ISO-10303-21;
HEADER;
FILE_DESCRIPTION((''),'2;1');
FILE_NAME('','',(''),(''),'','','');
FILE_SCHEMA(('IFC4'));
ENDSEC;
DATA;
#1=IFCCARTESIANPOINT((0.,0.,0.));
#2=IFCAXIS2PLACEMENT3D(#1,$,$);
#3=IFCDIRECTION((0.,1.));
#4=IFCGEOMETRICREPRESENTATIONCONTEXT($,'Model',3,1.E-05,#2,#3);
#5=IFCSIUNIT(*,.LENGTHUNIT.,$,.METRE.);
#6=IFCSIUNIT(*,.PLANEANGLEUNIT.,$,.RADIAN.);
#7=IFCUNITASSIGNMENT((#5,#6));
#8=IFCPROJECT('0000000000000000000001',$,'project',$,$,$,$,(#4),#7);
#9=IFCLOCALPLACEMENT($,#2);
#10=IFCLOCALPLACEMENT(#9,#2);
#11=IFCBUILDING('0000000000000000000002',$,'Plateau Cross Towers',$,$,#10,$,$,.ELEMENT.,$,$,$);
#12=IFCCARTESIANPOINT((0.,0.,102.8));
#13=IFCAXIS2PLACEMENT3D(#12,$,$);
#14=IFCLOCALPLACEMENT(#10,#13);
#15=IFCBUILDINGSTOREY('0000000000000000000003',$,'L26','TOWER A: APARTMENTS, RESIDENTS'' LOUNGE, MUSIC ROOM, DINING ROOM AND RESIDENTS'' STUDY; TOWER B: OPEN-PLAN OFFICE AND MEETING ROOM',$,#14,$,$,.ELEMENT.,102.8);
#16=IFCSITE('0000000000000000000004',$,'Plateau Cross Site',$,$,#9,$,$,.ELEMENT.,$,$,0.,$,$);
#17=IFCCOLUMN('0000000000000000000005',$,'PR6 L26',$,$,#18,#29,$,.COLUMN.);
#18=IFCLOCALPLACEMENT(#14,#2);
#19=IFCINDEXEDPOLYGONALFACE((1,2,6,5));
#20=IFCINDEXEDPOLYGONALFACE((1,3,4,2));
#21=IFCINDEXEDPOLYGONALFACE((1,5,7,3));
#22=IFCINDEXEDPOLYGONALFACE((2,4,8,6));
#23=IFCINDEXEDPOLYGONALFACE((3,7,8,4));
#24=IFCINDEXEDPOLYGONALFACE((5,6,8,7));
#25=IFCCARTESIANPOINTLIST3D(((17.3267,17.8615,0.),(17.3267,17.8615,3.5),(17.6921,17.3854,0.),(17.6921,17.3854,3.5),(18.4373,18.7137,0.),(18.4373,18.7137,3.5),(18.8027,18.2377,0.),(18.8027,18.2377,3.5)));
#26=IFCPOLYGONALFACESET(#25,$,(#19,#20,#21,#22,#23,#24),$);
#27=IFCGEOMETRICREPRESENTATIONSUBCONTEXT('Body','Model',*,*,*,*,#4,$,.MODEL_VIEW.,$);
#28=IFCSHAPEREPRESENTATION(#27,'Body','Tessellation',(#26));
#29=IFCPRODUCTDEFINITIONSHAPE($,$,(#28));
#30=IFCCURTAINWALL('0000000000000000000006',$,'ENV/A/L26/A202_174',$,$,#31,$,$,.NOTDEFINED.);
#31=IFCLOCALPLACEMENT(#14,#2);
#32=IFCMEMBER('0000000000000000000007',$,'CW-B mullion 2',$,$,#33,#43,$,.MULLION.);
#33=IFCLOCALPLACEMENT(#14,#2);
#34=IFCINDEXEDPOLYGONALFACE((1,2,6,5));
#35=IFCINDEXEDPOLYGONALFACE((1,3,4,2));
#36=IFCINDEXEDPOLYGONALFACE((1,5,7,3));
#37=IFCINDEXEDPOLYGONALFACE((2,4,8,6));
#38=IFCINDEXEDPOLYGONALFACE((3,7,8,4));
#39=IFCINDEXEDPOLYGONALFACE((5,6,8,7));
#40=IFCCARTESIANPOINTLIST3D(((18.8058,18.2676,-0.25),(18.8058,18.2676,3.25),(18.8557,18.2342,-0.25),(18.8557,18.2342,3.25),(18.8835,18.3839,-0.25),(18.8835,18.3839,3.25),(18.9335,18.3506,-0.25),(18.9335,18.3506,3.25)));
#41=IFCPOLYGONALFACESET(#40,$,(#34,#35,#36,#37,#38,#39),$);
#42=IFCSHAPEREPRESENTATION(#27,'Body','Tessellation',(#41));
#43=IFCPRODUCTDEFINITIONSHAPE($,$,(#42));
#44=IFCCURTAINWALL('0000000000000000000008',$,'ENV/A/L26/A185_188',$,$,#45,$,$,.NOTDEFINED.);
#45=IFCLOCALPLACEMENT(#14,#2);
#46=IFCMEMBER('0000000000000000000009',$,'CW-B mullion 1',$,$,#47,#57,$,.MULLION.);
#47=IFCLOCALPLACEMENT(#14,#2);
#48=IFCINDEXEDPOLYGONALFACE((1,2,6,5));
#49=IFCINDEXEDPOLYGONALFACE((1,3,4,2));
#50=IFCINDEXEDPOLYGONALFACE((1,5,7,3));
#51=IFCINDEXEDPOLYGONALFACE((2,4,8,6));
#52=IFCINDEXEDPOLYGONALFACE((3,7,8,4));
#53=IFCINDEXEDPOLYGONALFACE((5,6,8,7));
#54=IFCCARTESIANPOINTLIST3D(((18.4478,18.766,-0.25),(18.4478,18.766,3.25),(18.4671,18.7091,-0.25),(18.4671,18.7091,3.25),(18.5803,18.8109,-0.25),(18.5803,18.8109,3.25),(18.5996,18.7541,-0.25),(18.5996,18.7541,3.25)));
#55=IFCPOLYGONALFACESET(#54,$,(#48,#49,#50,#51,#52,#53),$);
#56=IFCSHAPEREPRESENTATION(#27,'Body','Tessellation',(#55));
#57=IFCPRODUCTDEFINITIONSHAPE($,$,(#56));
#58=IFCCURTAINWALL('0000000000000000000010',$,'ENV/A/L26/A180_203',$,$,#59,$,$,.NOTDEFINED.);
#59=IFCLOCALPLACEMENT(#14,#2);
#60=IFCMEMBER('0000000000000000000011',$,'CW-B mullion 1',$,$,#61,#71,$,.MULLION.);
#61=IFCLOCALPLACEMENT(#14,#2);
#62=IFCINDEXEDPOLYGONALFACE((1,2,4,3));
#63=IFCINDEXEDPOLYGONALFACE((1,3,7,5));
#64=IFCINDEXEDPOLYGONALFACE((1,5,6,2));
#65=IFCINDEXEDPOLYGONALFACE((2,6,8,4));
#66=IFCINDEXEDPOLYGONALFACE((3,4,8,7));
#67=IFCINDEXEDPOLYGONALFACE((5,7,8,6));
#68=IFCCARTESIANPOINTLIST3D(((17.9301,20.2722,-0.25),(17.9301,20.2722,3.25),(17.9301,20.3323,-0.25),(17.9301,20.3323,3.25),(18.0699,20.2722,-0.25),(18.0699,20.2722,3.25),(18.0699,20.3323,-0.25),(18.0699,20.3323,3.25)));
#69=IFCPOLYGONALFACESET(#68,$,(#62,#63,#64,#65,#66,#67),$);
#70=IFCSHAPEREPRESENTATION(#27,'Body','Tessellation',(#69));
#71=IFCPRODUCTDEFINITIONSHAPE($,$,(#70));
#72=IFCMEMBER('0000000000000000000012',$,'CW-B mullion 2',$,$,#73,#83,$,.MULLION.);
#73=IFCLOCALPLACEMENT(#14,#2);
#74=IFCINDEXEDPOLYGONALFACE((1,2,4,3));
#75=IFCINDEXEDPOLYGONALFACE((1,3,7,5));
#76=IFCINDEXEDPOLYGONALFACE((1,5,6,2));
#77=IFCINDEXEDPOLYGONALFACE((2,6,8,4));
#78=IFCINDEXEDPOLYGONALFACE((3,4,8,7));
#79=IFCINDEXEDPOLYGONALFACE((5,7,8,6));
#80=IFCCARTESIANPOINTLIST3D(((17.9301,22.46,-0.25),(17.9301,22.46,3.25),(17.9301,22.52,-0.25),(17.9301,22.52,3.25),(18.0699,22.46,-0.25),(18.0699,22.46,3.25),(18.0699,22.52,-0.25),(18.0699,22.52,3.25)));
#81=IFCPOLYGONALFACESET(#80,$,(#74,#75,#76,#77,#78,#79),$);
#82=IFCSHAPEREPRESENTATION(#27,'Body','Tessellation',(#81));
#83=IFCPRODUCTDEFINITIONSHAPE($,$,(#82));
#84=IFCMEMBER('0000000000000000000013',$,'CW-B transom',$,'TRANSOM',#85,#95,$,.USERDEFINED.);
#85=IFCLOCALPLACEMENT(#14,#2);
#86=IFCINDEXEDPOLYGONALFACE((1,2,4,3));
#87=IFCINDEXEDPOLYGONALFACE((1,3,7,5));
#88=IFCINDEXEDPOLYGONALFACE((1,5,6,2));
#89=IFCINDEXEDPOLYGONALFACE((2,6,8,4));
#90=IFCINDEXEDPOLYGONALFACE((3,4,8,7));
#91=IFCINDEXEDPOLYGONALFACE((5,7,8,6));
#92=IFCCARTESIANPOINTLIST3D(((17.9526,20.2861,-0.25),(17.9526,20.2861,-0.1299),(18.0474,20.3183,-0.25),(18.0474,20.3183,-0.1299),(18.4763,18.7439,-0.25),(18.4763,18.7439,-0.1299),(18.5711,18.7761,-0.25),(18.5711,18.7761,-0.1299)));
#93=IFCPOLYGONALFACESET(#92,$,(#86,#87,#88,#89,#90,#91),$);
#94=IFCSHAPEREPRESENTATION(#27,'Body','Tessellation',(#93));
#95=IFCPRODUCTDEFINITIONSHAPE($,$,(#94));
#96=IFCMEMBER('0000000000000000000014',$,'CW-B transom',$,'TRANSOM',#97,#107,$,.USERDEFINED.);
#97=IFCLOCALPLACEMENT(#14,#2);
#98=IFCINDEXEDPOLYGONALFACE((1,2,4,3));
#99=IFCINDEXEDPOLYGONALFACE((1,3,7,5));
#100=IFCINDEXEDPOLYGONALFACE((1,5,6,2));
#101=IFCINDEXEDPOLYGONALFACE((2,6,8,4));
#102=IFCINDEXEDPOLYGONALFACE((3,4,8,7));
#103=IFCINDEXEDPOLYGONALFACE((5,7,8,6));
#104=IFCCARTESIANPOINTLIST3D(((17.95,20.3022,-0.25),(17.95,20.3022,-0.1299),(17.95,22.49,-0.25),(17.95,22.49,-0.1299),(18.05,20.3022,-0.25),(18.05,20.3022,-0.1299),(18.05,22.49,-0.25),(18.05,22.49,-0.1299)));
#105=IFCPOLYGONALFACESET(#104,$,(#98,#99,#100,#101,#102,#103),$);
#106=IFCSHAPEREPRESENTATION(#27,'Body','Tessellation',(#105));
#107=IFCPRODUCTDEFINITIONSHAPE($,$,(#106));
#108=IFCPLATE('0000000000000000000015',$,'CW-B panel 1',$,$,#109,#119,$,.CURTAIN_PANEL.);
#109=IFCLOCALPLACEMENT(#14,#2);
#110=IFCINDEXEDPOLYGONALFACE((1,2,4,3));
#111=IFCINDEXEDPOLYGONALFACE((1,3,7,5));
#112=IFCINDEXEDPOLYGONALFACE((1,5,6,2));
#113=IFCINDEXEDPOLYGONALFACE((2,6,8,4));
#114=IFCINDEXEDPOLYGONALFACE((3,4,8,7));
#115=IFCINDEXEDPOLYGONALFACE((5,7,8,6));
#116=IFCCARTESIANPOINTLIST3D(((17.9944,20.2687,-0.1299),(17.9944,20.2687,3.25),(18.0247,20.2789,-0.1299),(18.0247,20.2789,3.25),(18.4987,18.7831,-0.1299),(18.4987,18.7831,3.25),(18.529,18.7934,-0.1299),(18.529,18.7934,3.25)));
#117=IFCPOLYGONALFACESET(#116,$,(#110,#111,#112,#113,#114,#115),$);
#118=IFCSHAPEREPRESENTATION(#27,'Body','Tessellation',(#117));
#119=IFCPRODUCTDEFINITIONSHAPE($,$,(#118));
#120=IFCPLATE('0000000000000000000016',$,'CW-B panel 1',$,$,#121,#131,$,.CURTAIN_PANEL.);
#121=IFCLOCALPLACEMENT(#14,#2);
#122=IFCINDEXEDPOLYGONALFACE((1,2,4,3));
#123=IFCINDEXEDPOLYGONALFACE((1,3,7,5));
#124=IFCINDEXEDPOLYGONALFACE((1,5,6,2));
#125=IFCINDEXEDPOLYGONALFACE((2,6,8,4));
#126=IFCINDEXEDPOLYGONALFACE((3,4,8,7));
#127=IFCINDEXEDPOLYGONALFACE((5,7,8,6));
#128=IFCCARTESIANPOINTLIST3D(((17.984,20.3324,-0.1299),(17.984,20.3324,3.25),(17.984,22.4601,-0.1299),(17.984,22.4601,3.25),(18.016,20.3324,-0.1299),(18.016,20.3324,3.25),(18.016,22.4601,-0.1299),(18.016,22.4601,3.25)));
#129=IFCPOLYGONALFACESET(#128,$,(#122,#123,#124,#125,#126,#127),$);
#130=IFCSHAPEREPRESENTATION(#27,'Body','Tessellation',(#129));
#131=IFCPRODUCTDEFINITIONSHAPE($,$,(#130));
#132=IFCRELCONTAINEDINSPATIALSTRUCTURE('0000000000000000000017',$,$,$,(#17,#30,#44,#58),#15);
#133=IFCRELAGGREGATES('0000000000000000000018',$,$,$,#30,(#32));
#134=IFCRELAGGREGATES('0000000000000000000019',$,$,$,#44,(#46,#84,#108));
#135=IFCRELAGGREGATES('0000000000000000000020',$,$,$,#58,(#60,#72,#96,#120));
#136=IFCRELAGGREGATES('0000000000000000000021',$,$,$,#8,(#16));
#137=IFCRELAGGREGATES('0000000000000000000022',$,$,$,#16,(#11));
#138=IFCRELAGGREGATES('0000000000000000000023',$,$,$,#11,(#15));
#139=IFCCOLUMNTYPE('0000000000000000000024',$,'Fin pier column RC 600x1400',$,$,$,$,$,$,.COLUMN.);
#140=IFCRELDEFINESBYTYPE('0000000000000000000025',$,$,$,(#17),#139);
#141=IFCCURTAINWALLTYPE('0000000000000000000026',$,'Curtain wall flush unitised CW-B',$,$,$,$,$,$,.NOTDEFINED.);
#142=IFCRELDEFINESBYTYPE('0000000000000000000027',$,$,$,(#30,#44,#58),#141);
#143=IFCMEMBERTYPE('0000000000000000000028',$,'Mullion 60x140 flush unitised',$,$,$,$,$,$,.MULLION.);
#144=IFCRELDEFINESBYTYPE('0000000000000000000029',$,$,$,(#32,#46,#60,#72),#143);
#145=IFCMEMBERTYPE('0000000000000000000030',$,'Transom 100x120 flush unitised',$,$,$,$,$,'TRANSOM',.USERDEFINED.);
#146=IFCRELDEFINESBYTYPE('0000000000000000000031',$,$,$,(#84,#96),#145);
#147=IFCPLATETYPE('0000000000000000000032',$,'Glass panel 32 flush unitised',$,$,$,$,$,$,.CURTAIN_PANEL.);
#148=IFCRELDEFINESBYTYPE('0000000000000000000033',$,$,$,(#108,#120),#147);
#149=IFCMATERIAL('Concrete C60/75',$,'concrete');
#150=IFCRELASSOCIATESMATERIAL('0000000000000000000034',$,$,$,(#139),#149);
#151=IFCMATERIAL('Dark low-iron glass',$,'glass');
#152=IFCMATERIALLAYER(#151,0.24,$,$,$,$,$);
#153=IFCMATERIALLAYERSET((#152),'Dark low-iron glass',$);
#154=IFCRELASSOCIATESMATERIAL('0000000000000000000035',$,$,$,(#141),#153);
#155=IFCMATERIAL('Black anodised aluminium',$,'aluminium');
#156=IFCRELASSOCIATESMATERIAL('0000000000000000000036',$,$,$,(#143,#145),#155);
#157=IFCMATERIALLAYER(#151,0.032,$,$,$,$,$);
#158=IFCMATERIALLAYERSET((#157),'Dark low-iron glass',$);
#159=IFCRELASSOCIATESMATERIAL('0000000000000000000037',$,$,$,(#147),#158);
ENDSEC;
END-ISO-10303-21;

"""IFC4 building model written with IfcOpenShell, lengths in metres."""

from ifc_helpers import new_model, si_unit, direction, frame, origin, origin_2d, place, context, subcontext, project, spatial, rectangle, extrude, material, layer, layer_set, material_profile, profile_set, type_object, element, aggregate, save


model = new_model("IFC4")

# Units and contexts
model_context = context("Model", 3, precision=1e-05, world=origin(), true_north=direction((0.0, 1.0)))
body_context = subcontext(model_context, "Body", "Model", "MODEL_VIEW")
ifc_project = project(units=[si_unit("LENGTHUNIT", "METRE"), si_unit("PLANEANGLEUNIT", "RADIAN")], contexts=[model_context])

# Site, building, storey
site_placement = place(None, origin())
site = spatial("IfcSite", under=ifc_project, at=site_placement, Name="Plateau Cross Site", CompositionType="ELEMENT", RefElevation=0.0)
building_placement = place(site_placement, origin())
building = spatial("IfcBuilding", under=site, at=building_placement, Name="Plateau Cross Towers", CompositionType="ELEMENT")
storey_placement = place(building_placement, frame((0.0, 0.0, 102.8)))
storey = spatial("IfcBuildingStorey", under=building, at=storey_placement, Name="L26", Description="TOWER A: APARTMENTS, RESIDENTS' LOUNGE, MUSIC ROOM, DINING ROOM AND RESIDENTS' STUDY; TOWER B: OPEN-PLAN OFFICE AND MEETING ROOM", CompositionType="ELEMENT", Elevation=102.8)

# Column
ifc_material_1 = material(Name="Concrete C60/75", Category="concrete")
ifc_material_profile_1 = material_profile(ifc_material_1, rectangle(XDim=0.6001, YDim=1.3999, at=origin_2d()), Name="RC 600x1400")
ifc_profile_set_1 = profile_set([ifc_material_profile_1], Name="Concrete C60/75")
column_type = type_object("IfcColumnType", Name="Fin pier column RC 600x1400", PredefinedType="COLUMN", material=ifc_profile_set_1)
column_placement = place(storey_placement, frame((18.0647, 18.0496, 0.0), z_axis=(0.0, 0.0, 1.0), x_axis=(-0.608811, 0.793315, 0.0)))
element("IfcColumn", 1, at=column_placement, inside=storey, type_object=column_type, Name="PR6 L26", PredefinedType="COLUMN", context=body_context, shape_type="SweptSolid", body=[
    extrude(rectangle(XDim=0.6001, YDim=1.3999, at=origin_2d()), origin(), (0.0, 0.0, 1.0), 3.5),
])

# Curtain walls, members
ifc_material_2 = material(Name="Dark low-iron glass", Category="glass")
ifc_layer_1 = layer(ifc_material_2, 0.24)
ifc_layer_set_1 = layer_set([ifc_layer_1], Name="Dark low-iron glass")
curtain_wall_type = type_object("IfcCurtainWallType", Name="Curtain wall flush unitised CW-B", PredefinedType="NOTDEFINED", material=ifc_layer_set_1)
curtain_wall_1_placement = place(storey_placement, origin())
curtain_wall_1 = element("IfcCurtainWall", 2, at=curtain_wall_1_placement, inside=storey, type_object=curtain_wall_type, Name="ENV/A/L26/A202_174", PredefinedType="NOTDEFINED")
ifc_material_3 = material(Name="Black anodised aluminium", Category="aluminium")
ifc_material_profile_2 = material_profile(ifc_material_3, rectangle(XDim=0.0601, YDim=0.1399, at=origin_2d()), Name="MULLION 60x140")
ifc_profile_set_2 = profile_set([ifc_material_profile_2], Name="Black anodised aluminium")
member_type_1 = type_object("IfcMemberType", Name="Mullion 60x140 flush unitised", PredefinedType="MULLION", material=ifc_profile_set_2)
member_1_placement = place(storey_placement, frame((18.8696, 18.3091, -0.25), z_axis=(0.0, 0.0, 1.0), x_axis=(-0.831521, 0.555493, 0.0)))
member_1 = element("IfcMember", 3, at=member_1_placement, type_object=member_type_1, Name="CW-B mullion 2", PredefinedType="MULLION", context=body_context, shape_type="SweptSolid", body=[
    extrude(rectangle(XDim=0.0601, YDim=0.1399, at=origin_2d()), origin(), (0.0, 0.0, 1.0), 3.5),
])
aggregate(curtain_wall_1, [member_1])
curtain_wall_2_placement = place(storey_placement, origin())
curtain_wall_2 = element("IfcCurtainWall", 4, at=curtain_wall_2_placement, inside=storey, type_object=curtain_wall_type, Name="ENV/A/L26/A185_188", PredefinedType="NOTDEFINED")
member_2_placement = place(storey_placement, frame((18.5237, 18.76, -0.25), z_axis=(0.0, 0.0, 1.0), x_axis=(-0.321469, 0.94692, 0.0)))
member_2 = element("IfcMember", 5, at=member_2_placement, type_object=member_type_1, Name="CW-B mullion 1", PredefinedType="MULLION", context=body_context, shape_type="SweptSolid", body=[
    extrude(rectangle(XDim=0.0601, YDim=0.1399, at=origin_2d()), origin(), (0.0, 0.0, 1.0), 3.5),
])

# Curtain wall, members
curtain_wall_3_placement = place(storey_placement, origin())
curtain_wall_3 = element("IfcCurtainWall", 6, at=curtain_wall_3_placement, inside=storey, type_object=curtain_wall_type, Name="ENV/A/L26/A180_203", PredefinedType="NOTDEFINED")
member_3_placement = place(storey_placement, frame((18.0, 20.3022, -0.25), z_axis=(0.0, 0.0, 1.0), x_axis=(0.0, 1.0, 0.0)))
member_3 = element("IfcMember", 7, at=member_3_placement, type_object=member_type_1, Name="CW-B mullion 1", PredefinedType="MULLION", context=body_context, shape_type="SweptSolid", body=[
    extrude(rectangle(XDim=0.0601, YDim=0.1399, at=origin_2d()), origin(), (0.0, 0.0, 1.0), 3.5),
])
member_4_placement = place(storey_placement, frame((18.0, 22.49, -0.25), z_axis=(0.0, 0.0, 1.0), x_axis=(0.0, 1.0, 0.0)))
member_4 = element("IfcMember", 8, at=member_4_placement, type_object=member_type_1, Name="CW-B mullion 2", PredefinedType="MULLION", context=body_context, shape_type="SweptSolid", body=[
    extrude(rectangle(XDim=0.0601, YDim=0.1399, at=origin_2d()), origin(), (0.0, 0.0, 1.0), 3.5),
])

# Members
ifc_material_profile_3 = material_profile(ifc_material_3, rectangle(XDim=0.1001, YDim=0.1201, at=origin_2d()), Name="TRANSOM 100x120")
ifc_profile_set_3 = profile_set([ifc_material_profile_3], Name="Black anodised aluminium")
member_type_2 = type_object("IfcMemberType", Name="Transom 100x120 flush unitised", ElementType="TRANSOM", PredefinedType="USERDEFINED", material=ifc_profile_set_3)
member_5_placement = place(storey_placement, frame((18.5237, 18.76, -0.1899), z_axis=(-0.321529, 0.9469, 0.0), x_axis=(-0.9469, -0.321529, 0.0)))
member_5 = element("IfcMember", 9, at=member_5_placement, type_object=member_type_2, Name="CW-B transom", ObjectType="TRANSOM", PredefinedType="USERDEFINED", context=body_context, shape_type="SweptSolid", body=[
    extrude(rectangle(XDim=0.1001, YDim=0.1201, at=origin_2d()), origin(), (0.0, 0.0, 1.0), 1.6287),
])
member_6_placement = place(storey_placement, frame((18.0, 20.3022, -0.1899), z_axis=(0.0, 1.0, 0.0), x_axis=(-1.0, 0.0, 0.0)))
member_6 = element("IfcMember", 10, at=member_6_placement, type_object=member_type_2, Name="CW-B transom", ObjectType="TRANSOM", PredefinedType="USERDEFINED", context=body_context, shape_type="SweptSolid", body=[
    extrude(rectangle(XDim=0.1001, YDim=0.1201, at=origin_2d()), origin(), (0.0, 0.0, 1.0), 2.1877),
])

# Plates
ifc_layer_2 = layer(ifc_material_2, 0.032)
ifc_layer_set_2 = layer_set([ifc_layer_2], Name="Dark low-iron glass")
plate_type = type_object("IfcPlateType", Name="Glass panel 32 flush unitised", PredefinedType="CURTAIN_PANEL", material=ifc_layer_set_2)
plate_1_placement = place(storey_placement, frame((18.2617, 19.531, -0.1299), z_axis=(0.0, 0.0, 1.0), x_axis=(-0.321469, 0.94692, 0.0)))
plate_1 = element("IfcPlate", 11, at=plate_1_placement, type_object=plate_type, Name="CW-B panel 1", PredefinedType="CURTAIN_PANEL", context=body_context, shape_type="SweptSolid", body=[
    extrude(rectangle(XDim=1.5688, YDim=0.032, at=origin_2d()), origin(), (0.0, 0.0, 1.0), 3.3799),
])
aggregate(curtain_wall_2, [member_2, member_5, plate_1])
plate_2_placement = place(storey_placement, frame((18.0, 21.3962, -0.1299), z_axis=(0.0, 0.0, 1.0), x_axis=(0.0, 1.0, 0.0)))
plate_2 = element("IfcPlate", 12, at=plate_2_placement, type_object=plate_type, Name="CW-B panel 1", PredefinedType="CURTAIN_PANEL", context=body_context, shape_type="SweptSolid", body=[
    extrude(rectangle(XDim=2.1277, YDim=0.032, at=origin_2d()), origin(), (0.0, 0.0, 1.0), 3.3799),
])
aggregate(curtain_wall_3, [member_3, member_4, member_6, plate_2])

save(model, "model.ifc")
